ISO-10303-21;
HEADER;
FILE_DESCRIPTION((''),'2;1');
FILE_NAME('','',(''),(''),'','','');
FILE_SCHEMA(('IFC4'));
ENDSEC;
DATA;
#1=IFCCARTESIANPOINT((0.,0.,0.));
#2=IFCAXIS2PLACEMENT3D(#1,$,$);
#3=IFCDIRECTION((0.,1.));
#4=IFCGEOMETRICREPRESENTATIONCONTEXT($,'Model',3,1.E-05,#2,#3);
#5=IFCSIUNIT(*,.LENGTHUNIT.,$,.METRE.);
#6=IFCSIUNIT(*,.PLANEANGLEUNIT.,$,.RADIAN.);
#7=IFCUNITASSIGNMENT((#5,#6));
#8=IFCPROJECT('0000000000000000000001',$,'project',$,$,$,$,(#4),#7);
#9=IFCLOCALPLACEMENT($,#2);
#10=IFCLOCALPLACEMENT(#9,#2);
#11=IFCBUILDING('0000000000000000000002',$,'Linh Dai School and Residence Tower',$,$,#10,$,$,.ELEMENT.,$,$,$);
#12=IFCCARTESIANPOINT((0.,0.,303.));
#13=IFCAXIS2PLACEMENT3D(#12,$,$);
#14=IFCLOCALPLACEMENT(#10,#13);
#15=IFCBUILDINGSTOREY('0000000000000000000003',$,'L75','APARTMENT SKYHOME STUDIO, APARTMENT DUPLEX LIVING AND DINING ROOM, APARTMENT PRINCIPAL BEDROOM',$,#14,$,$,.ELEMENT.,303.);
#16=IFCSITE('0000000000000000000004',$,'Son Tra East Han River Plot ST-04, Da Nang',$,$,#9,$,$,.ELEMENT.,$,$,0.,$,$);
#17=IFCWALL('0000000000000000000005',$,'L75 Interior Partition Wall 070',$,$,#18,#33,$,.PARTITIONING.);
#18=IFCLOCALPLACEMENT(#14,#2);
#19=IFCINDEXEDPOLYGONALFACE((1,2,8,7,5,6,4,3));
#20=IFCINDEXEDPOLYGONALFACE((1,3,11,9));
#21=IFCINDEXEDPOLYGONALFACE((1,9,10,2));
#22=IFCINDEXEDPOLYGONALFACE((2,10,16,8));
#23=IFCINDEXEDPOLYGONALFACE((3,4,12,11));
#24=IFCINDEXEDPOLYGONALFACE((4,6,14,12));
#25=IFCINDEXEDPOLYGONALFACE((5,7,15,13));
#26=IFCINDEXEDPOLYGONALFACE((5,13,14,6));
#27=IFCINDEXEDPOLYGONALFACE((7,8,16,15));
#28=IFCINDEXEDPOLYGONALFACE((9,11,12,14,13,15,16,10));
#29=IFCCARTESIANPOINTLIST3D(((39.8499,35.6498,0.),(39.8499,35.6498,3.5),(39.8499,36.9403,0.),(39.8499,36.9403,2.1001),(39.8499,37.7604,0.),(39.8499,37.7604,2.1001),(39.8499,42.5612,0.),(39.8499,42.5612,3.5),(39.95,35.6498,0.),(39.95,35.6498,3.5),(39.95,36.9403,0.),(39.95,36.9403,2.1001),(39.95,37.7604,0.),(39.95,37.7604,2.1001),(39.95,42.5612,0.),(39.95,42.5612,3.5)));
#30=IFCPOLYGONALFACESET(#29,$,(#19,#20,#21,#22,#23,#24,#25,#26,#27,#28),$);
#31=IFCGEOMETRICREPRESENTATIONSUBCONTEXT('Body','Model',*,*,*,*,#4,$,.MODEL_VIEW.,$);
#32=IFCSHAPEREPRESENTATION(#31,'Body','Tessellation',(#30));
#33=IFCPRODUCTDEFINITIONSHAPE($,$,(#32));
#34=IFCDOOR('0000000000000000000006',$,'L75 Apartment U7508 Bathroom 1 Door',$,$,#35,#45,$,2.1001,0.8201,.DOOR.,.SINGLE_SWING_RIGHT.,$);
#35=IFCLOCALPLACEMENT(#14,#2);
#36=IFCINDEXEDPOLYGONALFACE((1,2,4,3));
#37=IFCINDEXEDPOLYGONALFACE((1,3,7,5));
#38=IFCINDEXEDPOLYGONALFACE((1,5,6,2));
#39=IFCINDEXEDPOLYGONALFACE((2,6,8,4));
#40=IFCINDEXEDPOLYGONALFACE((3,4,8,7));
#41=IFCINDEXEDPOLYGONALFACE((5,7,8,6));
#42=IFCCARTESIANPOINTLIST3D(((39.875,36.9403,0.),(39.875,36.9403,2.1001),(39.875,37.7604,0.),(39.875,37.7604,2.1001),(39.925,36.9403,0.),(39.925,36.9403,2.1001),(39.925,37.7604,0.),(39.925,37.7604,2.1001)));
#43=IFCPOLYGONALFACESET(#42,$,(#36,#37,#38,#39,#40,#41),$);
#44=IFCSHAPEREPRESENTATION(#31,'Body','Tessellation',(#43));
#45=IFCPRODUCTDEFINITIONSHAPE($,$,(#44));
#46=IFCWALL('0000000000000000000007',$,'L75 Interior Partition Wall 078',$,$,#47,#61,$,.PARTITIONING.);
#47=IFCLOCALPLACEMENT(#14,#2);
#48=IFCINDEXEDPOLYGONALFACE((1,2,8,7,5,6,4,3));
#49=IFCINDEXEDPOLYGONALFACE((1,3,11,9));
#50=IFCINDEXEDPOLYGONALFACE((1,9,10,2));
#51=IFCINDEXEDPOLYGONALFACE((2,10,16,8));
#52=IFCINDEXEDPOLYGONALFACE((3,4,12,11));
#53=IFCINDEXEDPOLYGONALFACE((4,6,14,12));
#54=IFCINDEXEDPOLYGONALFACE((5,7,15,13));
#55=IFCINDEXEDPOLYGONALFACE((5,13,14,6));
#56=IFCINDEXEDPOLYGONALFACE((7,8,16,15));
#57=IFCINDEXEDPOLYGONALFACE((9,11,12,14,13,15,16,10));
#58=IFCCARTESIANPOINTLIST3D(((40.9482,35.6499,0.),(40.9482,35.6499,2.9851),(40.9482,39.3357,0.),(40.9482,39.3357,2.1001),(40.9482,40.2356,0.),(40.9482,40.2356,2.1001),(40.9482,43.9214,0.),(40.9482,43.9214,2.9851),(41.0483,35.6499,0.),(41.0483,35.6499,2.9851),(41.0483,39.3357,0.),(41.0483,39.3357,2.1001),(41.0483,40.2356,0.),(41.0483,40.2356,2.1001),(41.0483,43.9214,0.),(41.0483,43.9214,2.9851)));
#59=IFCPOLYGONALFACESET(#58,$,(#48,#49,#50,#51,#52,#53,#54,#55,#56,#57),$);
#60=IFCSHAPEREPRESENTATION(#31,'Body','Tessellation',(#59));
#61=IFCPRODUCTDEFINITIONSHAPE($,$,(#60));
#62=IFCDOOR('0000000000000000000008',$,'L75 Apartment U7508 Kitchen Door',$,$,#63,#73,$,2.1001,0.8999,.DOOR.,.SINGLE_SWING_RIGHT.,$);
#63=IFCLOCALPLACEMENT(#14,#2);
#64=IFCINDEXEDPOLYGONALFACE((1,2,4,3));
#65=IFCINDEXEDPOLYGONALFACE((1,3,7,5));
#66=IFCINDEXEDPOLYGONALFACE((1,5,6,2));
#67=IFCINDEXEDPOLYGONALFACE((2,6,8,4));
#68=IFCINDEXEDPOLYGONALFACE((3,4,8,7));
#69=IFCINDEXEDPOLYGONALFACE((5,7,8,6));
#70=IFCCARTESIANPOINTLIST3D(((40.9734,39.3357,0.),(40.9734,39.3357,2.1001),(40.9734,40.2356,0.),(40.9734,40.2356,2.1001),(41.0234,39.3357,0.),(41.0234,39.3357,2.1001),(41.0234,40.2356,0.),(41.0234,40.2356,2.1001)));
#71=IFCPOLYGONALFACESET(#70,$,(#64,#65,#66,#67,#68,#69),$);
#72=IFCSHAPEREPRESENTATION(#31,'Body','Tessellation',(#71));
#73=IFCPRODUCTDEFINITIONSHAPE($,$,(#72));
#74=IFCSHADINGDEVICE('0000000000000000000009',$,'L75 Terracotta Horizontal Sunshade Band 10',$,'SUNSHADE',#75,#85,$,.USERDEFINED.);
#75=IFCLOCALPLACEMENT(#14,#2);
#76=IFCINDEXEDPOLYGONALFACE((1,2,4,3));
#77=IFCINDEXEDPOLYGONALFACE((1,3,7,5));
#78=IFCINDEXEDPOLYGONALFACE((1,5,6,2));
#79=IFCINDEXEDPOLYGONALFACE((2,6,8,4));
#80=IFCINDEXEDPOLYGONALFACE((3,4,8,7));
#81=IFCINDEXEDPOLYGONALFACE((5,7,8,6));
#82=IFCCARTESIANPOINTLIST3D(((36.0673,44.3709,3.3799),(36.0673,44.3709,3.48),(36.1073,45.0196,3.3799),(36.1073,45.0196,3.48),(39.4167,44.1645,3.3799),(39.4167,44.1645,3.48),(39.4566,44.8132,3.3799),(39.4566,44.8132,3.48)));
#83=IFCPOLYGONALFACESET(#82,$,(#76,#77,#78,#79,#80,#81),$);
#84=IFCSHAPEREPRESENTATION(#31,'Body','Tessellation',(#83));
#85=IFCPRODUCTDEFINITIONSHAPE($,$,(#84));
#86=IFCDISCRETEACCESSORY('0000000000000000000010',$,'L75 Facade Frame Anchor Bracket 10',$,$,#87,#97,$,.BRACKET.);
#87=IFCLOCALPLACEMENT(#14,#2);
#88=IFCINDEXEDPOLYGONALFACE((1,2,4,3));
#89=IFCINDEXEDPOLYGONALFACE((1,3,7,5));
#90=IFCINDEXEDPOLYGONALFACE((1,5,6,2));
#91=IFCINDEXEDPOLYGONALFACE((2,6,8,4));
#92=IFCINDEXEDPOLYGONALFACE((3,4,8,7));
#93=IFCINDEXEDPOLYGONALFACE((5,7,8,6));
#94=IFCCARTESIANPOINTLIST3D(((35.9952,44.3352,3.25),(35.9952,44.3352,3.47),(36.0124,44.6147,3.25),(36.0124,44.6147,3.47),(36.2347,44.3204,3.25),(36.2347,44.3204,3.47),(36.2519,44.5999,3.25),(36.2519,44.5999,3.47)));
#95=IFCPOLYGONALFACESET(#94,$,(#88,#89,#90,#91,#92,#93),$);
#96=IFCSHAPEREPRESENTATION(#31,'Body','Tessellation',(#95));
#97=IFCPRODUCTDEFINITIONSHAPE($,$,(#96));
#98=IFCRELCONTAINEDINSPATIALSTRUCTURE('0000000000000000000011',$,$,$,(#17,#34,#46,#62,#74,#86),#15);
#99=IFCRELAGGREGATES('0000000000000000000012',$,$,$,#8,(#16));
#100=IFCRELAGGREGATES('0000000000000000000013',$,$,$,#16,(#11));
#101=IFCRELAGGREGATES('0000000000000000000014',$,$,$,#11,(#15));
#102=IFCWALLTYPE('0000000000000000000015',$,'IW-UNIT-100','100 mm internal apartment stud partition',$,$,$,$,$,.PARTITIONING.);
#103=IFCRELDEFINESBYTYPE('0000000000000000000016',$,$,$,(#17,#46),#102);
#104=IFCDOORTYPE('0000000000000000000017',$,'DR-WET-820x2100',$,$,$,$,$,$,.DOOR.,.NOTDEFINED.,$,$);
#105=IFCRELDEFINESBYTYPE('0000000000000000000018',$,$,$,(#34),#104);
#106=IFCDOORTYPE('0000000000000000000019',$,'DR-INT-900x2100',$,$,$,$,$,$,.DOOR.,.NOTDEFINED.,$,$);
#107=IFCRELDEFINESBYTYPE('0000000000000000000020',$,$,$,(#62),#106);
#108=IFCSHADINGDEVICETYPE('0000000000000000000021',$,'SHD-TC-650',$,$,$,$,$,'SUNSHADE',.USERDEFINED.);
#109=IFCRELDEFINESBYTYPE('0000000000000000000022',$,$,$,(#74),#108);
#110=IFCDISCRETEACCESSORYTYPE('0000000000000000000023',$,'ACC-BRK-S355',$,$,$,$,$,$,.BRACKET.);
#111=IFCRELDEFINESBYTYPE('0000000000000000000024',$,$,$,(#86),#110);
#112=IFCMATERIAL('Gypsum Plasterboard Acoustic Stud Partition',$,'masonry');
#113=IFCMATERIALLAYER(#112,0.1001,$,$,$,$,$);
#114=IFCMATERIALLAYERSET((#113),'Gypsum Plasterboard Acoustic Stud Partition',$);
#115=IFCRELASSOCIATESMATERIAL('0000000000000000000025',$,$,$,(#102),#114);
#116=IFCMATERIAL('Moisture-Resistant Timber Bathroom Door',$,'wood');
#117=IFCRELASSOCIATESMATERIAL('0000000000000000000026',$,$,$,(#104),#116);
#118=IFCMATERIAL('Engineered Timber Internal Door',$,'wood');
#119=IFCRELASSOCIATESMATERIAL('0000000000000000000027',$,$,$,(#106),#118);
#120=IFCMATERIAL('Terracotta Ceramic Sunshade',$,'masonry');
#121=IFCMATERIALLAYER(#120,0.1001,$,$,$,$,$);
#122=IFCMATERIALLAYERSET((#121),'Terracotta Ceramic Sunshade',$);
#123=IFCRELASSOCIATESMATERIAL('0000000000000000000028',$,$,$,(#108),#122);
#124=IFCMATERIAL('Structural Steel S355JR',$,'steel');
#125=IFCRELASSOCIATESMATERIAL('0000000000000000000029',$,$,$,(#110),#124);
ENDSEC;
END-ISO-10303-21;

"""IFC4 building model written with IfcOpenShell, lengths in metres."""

from ifc_helpers import new_model, si_unit, direction, frame, frame_2d, origin, origin_2d, place, context, subcontext, project, spatial, rectangle, extrude, source, transform, mapped, material, layer, layer_set, type_object, element, fill, save


model = new_model("IFC4")

# Units and contexts
model_context = context("Model", 3, precision=1e-05, world=origin(), true_north=direction((0.0, 1.0)))
body_context = subcontext(model_context, "Body", "Model", "MODEL_VIEW")
ifc_project = project(units=[si_unit("LENGTHUNIT", "METRE"), si_unit("PLANEANGLEUNIT", "RADIAN")], contexts=[model_context])

# Site, building, storey
site_placement = place(None, origin())
site = spatial("IfcSite", under=ifc_project, at=site_placement, Name="Son Tra East Han River Plot ST-04, Da Nang", CompositionType="ELEMENT", RefElevation=0.0)
building_placement = place(site_placement, origin())
building = spatial("IfcBuilding", under=site, at=building_placement, Name="Linh Dai School and Residence Tower", CompositionType="ELEMENT")
storey_placement = place(building_placement, frame((0.0, 0.0, 303.0)))
storey = spatial("IfcBuildingStorey", under=building, at=storey_placement, Name="L75", Description="APARTMENT SKYHOME STUDIO, APARTMENT DUPLEX LIVING AND DINING ROOM, APARTMENT PRINCIPAL BEDROOM", CompositionType="ELEMENT", Elevation=303.0)

# Shared definitions
ifc_material_1 = material(Name="Structural Steel S355JR", Category="steel")

# Walls, openings, doors
ifc_material_2 = material(Name="Gypsum Plasterboard Acoustic Stud Partition", Category="masonry")
ifc_layer_1 = layer(ifc_material_2, 0.1001)
ifc_layer_set_1 = layer_set([ifc_layer_1], Name="Gypsum Plasterboard Acoustic Stud Partition")
wall_type_1 = type_object("IfcWallType", Name="IW-UNIT-100", Description="100 mm internal apartment stud partition", PredefinedType="PARTITIONING", material=ifc_layer_set_1)
wall_1_placement = place(storey_placement, frame((39.8999, 35.6499, 0.0), z_axis=(0.0, 0.0, 1.0), x_axis=(0.0, 1.0, 0.0)))
wall_1 = element("IfcWall", 1, at=wall_1_placement, inside=storey, type_object=wall_type_1, Name="L75 Interior Partition Wall 070", PredefinedType="PARTITIONING", context=body_context, shape_type="SweptSolid", body=[
    extrude(rectangle(XDim=6.9114, YDim=0.1001, at=frame_2d((3.4556, 0.0))), origin(), (0.0, 0.0, 1.0), 3.5),
])
opening_1_placement = place(wall_1_placement, frame((1.2903, 0.0, 0.0)))
opening_1 = element("IfcOpeningElement", 2, at=opening_1_placement, cuts=wall_1, PredefinedType="OPENING", context=body_context, shape_type="SweptSolid", body=[
    extrude(rectangle(XDim=0.8201, YDim=2.1001, at=origin_2d()), frame((0.4102, 0.0601, 1.05), z_axis=(0.0, -1.0, 0.0), x_axis=(1.0, 0.0, 0.0)), (0.0, 0.0, 1.0), 0.1201),
])
ifc_material_3 = material(Name="Moisture-Resistant Timber Bathroom Door", Category="wood")
door_type_1 = type_object("IfcDoorType", Name="DR-WET-820x2100", OperationType="NOTDEFINED", PredefinedType="DOOR", material=ifc_material_3)
shared_shape_1 = source(origin(), body_context, "Body", "SweptSolid", [
    extrude(rectangle(XDim=0.8201, YDim=2.1001, at=origin_2d()), frame((0.4102, 0.0249, 1.05), z_axis=(0.0, -1.0, 0.0), x_axis=(1.0, 0.0, 0.0)), (0.0, 0.0, 1.0), 0.05),
])
door_1_placement = place(opening_1_placement, origin())
door_1 = element("IfcDoor", 3, at=door_1_placement, inside=storey, type_object=door_type_1, Name="L75 Apartment U7508 Bathroom 1 Door", OperationType="SINGLE_SWING_RIGHT", OverallHeight=2.1001, OverallWidth=0.8201, PredefinedType="DOOR", context=body_context, shape_type="MappedRepresentation", body=[
    mapped(shared_shape_1, transform((0.0, 0.0, 0.0), x_axis=(1.0, 0.0, 0.0), y_axis=(0.0, 1.0, 0.0), z_axis=(0.0, 0.0, 1.0), scale=1.0)),
])
fill(opening_1, door_1)
wall_2_placement = place(storey_placement, frame((40.9983, 35.6499, 0.0), z_axis=(0.0, 0.0, 1.0), x_axis=(0.0, 1.0, 0.0)))
wall_2 = element("IfcWall", 4, at=wall_2_placement, inside=storey, type_object=wall_type_1, Name="L75 Interior Partition Wall 078", PredefinedType="PARTITIONING", context=body_context, shape_type="SweptSolid", body=[
    extrude(rectangle(XDim=8.2715, YDim=0.1001, at=frame_2d((4.1357, 0.0))), origin(), (0.0, 0.0, 1.0), 2.9851),
])
opening_2_placement = place(wall_2_placement, frame((3.6858, 0.0, 0.0)))
opening_2 = element("IfcOpeningElement", 5, at=opening_2_placement, cuts=wall_2, PredefinedType="OPENING", context=body_context, shape_type="SweptSolid", body=[
    extrude(rectangle(XDim=0.8999, YDim=2.1001, at=origin_2d()), frame((0.45, 0.0601, 1.05), z_axis=(0.0, -1.0, 0.0), x_axis=(1.0, 0.0, 0.0)), (0.0, 0.0, 1.0), 0.1201),
])
ifc_material_4 = material(Name="Engineered Timber Internal Door", Category="wood")
door_type_2 = type_object("IfcDoorType", Name="DR-INT-900x2100", OperationType="NOTDEFINED", PredefinedType="DOOR", material=ifc_material_4)
shared_shape_2 = source(origin(), body_context, "Body", "SweptSolid", [
    extrude(rectangle(XDim=0.8999, YDim=2.1001, at=origin_2d()), frame((0.45, 0.0249, 1.05), z_axis=(0.0, -1.0, 0.0), x_axis=(1.0, 0.0, 0.0)), (0.0, 0.0, 1.0), 0.05),
])
door_2_placement = place(opening_2_placement, origin())
door_2 = element("IfcDoor", 6, at=door_2_placement, inside=storey, type_object=door_type_2, Name="L75 Apartment U7508 Kitchen Door", OperationType="SINGLE_SWING_RIGHT", OverallHeight=2.1001, OverallWidth=0.8999, PredefinedType="DOOR", context=body_context, shape_type="MappedRepresentation", body=[
    mapped(shared_shape_2, transform((0.0, 0.0, 0.0), x_axis=(1.0, 0.0, 0.0), y_axis=(0.0, 1.0, 0.0), z_axis=(0.0, 0.0, 1.0), scale=1.0)),
])
fill(opening_2, door_2)

# Shading device
ifc_material_5 = material(Name="Terracotta Ceramic Sunshade", Category="masonry")
ifc_layer_2 = layer(ifc_material_5, 0.1001)
ifc_layer_set_2 = layer_set([ifc_layer_2], Name="Terracotta Ceramic Sunshade")
shading_device_type = type_object("IfcShadingDeviceType", Name="SHD-TC-650", ElementType="SUNSHADE", PredefinedType="USERDEFINED", material=ifc_layer_set_2)
shared_shape_3 = source(origin(), body_context, "Body", "SweptSolid", [
    extrude(rectangle(XDim=3.3557, YDim=0.6499, at=origin_2d()), origin(), (0.0, 0.0, 1.0), 0.1001),
])
shading_device_placement = place(storey_placement, frame((37.762, 44.592, 3.3799), z_axis=(0.0, 0.0, 1.0), x_axis=(0.998106, -0.06151, 0.0)))
element("IfcShadingDevice", 7, at=shading_device_placement, inside=storey, type_object=shading_device_type, Name="L75 Terracotta Horizontal Sunshade Band 10", ObjectType="SUNSHADE", PredefinedType="USERDEFINED", context=body_context, shape_type="MappedRepresentation", body=[
    mapped(shared_shape_3, transform((0.0, 0.0, 0.0), x_axis=(1.0, 0.0, 0.0), y_axis=(0.0, 1.0, 0.0), z_axis=(0.0, 0.0, 1.0), scale=1.0)),
])

# Discrete accessory
discrete_accessory_type = type_object("IfcDiscreteAccessoryType", Name="ACC-BRK-S355", PredefinedType="BRACKET", material=ifc_material_1)
shared_shape_4 = source(origin(), body_context, "Body", "SweptSolid", [
    extrude(rectangle(XDim=0.28, YDim=0.24, at=origin_2d()), origin(), (0.0, 0.0, 1.0), 0.22),
])
discrete_accessory_placement = place(storey_placement, frame((36.1235, 44.4675, 3.25), z_axis=(0.0, 0.0, 1.0), x_axis=(0.06151, 0.998106, 0.0)))
element("IfcDiscreteAccessory", 8, at=discrete_accessory_placement, inside=storey, type_object=discrete_accessory_type, Name="L75 Facade Frame Anchor Bracket 10", PredefinedType="BRACKET", context=body_context, shape_type="MappedRepresentation", body=[
    mapped(shared_shape_4, transform((0.0, 0.0, 0.0), x_axis=(1.0, 0.0, 0.0), y_axis=(0.0, 1.0, 0.0), z_axis=(0.0, 0.0, 1.0), scale=1.0)),
])

save(model, "model.ifc")
